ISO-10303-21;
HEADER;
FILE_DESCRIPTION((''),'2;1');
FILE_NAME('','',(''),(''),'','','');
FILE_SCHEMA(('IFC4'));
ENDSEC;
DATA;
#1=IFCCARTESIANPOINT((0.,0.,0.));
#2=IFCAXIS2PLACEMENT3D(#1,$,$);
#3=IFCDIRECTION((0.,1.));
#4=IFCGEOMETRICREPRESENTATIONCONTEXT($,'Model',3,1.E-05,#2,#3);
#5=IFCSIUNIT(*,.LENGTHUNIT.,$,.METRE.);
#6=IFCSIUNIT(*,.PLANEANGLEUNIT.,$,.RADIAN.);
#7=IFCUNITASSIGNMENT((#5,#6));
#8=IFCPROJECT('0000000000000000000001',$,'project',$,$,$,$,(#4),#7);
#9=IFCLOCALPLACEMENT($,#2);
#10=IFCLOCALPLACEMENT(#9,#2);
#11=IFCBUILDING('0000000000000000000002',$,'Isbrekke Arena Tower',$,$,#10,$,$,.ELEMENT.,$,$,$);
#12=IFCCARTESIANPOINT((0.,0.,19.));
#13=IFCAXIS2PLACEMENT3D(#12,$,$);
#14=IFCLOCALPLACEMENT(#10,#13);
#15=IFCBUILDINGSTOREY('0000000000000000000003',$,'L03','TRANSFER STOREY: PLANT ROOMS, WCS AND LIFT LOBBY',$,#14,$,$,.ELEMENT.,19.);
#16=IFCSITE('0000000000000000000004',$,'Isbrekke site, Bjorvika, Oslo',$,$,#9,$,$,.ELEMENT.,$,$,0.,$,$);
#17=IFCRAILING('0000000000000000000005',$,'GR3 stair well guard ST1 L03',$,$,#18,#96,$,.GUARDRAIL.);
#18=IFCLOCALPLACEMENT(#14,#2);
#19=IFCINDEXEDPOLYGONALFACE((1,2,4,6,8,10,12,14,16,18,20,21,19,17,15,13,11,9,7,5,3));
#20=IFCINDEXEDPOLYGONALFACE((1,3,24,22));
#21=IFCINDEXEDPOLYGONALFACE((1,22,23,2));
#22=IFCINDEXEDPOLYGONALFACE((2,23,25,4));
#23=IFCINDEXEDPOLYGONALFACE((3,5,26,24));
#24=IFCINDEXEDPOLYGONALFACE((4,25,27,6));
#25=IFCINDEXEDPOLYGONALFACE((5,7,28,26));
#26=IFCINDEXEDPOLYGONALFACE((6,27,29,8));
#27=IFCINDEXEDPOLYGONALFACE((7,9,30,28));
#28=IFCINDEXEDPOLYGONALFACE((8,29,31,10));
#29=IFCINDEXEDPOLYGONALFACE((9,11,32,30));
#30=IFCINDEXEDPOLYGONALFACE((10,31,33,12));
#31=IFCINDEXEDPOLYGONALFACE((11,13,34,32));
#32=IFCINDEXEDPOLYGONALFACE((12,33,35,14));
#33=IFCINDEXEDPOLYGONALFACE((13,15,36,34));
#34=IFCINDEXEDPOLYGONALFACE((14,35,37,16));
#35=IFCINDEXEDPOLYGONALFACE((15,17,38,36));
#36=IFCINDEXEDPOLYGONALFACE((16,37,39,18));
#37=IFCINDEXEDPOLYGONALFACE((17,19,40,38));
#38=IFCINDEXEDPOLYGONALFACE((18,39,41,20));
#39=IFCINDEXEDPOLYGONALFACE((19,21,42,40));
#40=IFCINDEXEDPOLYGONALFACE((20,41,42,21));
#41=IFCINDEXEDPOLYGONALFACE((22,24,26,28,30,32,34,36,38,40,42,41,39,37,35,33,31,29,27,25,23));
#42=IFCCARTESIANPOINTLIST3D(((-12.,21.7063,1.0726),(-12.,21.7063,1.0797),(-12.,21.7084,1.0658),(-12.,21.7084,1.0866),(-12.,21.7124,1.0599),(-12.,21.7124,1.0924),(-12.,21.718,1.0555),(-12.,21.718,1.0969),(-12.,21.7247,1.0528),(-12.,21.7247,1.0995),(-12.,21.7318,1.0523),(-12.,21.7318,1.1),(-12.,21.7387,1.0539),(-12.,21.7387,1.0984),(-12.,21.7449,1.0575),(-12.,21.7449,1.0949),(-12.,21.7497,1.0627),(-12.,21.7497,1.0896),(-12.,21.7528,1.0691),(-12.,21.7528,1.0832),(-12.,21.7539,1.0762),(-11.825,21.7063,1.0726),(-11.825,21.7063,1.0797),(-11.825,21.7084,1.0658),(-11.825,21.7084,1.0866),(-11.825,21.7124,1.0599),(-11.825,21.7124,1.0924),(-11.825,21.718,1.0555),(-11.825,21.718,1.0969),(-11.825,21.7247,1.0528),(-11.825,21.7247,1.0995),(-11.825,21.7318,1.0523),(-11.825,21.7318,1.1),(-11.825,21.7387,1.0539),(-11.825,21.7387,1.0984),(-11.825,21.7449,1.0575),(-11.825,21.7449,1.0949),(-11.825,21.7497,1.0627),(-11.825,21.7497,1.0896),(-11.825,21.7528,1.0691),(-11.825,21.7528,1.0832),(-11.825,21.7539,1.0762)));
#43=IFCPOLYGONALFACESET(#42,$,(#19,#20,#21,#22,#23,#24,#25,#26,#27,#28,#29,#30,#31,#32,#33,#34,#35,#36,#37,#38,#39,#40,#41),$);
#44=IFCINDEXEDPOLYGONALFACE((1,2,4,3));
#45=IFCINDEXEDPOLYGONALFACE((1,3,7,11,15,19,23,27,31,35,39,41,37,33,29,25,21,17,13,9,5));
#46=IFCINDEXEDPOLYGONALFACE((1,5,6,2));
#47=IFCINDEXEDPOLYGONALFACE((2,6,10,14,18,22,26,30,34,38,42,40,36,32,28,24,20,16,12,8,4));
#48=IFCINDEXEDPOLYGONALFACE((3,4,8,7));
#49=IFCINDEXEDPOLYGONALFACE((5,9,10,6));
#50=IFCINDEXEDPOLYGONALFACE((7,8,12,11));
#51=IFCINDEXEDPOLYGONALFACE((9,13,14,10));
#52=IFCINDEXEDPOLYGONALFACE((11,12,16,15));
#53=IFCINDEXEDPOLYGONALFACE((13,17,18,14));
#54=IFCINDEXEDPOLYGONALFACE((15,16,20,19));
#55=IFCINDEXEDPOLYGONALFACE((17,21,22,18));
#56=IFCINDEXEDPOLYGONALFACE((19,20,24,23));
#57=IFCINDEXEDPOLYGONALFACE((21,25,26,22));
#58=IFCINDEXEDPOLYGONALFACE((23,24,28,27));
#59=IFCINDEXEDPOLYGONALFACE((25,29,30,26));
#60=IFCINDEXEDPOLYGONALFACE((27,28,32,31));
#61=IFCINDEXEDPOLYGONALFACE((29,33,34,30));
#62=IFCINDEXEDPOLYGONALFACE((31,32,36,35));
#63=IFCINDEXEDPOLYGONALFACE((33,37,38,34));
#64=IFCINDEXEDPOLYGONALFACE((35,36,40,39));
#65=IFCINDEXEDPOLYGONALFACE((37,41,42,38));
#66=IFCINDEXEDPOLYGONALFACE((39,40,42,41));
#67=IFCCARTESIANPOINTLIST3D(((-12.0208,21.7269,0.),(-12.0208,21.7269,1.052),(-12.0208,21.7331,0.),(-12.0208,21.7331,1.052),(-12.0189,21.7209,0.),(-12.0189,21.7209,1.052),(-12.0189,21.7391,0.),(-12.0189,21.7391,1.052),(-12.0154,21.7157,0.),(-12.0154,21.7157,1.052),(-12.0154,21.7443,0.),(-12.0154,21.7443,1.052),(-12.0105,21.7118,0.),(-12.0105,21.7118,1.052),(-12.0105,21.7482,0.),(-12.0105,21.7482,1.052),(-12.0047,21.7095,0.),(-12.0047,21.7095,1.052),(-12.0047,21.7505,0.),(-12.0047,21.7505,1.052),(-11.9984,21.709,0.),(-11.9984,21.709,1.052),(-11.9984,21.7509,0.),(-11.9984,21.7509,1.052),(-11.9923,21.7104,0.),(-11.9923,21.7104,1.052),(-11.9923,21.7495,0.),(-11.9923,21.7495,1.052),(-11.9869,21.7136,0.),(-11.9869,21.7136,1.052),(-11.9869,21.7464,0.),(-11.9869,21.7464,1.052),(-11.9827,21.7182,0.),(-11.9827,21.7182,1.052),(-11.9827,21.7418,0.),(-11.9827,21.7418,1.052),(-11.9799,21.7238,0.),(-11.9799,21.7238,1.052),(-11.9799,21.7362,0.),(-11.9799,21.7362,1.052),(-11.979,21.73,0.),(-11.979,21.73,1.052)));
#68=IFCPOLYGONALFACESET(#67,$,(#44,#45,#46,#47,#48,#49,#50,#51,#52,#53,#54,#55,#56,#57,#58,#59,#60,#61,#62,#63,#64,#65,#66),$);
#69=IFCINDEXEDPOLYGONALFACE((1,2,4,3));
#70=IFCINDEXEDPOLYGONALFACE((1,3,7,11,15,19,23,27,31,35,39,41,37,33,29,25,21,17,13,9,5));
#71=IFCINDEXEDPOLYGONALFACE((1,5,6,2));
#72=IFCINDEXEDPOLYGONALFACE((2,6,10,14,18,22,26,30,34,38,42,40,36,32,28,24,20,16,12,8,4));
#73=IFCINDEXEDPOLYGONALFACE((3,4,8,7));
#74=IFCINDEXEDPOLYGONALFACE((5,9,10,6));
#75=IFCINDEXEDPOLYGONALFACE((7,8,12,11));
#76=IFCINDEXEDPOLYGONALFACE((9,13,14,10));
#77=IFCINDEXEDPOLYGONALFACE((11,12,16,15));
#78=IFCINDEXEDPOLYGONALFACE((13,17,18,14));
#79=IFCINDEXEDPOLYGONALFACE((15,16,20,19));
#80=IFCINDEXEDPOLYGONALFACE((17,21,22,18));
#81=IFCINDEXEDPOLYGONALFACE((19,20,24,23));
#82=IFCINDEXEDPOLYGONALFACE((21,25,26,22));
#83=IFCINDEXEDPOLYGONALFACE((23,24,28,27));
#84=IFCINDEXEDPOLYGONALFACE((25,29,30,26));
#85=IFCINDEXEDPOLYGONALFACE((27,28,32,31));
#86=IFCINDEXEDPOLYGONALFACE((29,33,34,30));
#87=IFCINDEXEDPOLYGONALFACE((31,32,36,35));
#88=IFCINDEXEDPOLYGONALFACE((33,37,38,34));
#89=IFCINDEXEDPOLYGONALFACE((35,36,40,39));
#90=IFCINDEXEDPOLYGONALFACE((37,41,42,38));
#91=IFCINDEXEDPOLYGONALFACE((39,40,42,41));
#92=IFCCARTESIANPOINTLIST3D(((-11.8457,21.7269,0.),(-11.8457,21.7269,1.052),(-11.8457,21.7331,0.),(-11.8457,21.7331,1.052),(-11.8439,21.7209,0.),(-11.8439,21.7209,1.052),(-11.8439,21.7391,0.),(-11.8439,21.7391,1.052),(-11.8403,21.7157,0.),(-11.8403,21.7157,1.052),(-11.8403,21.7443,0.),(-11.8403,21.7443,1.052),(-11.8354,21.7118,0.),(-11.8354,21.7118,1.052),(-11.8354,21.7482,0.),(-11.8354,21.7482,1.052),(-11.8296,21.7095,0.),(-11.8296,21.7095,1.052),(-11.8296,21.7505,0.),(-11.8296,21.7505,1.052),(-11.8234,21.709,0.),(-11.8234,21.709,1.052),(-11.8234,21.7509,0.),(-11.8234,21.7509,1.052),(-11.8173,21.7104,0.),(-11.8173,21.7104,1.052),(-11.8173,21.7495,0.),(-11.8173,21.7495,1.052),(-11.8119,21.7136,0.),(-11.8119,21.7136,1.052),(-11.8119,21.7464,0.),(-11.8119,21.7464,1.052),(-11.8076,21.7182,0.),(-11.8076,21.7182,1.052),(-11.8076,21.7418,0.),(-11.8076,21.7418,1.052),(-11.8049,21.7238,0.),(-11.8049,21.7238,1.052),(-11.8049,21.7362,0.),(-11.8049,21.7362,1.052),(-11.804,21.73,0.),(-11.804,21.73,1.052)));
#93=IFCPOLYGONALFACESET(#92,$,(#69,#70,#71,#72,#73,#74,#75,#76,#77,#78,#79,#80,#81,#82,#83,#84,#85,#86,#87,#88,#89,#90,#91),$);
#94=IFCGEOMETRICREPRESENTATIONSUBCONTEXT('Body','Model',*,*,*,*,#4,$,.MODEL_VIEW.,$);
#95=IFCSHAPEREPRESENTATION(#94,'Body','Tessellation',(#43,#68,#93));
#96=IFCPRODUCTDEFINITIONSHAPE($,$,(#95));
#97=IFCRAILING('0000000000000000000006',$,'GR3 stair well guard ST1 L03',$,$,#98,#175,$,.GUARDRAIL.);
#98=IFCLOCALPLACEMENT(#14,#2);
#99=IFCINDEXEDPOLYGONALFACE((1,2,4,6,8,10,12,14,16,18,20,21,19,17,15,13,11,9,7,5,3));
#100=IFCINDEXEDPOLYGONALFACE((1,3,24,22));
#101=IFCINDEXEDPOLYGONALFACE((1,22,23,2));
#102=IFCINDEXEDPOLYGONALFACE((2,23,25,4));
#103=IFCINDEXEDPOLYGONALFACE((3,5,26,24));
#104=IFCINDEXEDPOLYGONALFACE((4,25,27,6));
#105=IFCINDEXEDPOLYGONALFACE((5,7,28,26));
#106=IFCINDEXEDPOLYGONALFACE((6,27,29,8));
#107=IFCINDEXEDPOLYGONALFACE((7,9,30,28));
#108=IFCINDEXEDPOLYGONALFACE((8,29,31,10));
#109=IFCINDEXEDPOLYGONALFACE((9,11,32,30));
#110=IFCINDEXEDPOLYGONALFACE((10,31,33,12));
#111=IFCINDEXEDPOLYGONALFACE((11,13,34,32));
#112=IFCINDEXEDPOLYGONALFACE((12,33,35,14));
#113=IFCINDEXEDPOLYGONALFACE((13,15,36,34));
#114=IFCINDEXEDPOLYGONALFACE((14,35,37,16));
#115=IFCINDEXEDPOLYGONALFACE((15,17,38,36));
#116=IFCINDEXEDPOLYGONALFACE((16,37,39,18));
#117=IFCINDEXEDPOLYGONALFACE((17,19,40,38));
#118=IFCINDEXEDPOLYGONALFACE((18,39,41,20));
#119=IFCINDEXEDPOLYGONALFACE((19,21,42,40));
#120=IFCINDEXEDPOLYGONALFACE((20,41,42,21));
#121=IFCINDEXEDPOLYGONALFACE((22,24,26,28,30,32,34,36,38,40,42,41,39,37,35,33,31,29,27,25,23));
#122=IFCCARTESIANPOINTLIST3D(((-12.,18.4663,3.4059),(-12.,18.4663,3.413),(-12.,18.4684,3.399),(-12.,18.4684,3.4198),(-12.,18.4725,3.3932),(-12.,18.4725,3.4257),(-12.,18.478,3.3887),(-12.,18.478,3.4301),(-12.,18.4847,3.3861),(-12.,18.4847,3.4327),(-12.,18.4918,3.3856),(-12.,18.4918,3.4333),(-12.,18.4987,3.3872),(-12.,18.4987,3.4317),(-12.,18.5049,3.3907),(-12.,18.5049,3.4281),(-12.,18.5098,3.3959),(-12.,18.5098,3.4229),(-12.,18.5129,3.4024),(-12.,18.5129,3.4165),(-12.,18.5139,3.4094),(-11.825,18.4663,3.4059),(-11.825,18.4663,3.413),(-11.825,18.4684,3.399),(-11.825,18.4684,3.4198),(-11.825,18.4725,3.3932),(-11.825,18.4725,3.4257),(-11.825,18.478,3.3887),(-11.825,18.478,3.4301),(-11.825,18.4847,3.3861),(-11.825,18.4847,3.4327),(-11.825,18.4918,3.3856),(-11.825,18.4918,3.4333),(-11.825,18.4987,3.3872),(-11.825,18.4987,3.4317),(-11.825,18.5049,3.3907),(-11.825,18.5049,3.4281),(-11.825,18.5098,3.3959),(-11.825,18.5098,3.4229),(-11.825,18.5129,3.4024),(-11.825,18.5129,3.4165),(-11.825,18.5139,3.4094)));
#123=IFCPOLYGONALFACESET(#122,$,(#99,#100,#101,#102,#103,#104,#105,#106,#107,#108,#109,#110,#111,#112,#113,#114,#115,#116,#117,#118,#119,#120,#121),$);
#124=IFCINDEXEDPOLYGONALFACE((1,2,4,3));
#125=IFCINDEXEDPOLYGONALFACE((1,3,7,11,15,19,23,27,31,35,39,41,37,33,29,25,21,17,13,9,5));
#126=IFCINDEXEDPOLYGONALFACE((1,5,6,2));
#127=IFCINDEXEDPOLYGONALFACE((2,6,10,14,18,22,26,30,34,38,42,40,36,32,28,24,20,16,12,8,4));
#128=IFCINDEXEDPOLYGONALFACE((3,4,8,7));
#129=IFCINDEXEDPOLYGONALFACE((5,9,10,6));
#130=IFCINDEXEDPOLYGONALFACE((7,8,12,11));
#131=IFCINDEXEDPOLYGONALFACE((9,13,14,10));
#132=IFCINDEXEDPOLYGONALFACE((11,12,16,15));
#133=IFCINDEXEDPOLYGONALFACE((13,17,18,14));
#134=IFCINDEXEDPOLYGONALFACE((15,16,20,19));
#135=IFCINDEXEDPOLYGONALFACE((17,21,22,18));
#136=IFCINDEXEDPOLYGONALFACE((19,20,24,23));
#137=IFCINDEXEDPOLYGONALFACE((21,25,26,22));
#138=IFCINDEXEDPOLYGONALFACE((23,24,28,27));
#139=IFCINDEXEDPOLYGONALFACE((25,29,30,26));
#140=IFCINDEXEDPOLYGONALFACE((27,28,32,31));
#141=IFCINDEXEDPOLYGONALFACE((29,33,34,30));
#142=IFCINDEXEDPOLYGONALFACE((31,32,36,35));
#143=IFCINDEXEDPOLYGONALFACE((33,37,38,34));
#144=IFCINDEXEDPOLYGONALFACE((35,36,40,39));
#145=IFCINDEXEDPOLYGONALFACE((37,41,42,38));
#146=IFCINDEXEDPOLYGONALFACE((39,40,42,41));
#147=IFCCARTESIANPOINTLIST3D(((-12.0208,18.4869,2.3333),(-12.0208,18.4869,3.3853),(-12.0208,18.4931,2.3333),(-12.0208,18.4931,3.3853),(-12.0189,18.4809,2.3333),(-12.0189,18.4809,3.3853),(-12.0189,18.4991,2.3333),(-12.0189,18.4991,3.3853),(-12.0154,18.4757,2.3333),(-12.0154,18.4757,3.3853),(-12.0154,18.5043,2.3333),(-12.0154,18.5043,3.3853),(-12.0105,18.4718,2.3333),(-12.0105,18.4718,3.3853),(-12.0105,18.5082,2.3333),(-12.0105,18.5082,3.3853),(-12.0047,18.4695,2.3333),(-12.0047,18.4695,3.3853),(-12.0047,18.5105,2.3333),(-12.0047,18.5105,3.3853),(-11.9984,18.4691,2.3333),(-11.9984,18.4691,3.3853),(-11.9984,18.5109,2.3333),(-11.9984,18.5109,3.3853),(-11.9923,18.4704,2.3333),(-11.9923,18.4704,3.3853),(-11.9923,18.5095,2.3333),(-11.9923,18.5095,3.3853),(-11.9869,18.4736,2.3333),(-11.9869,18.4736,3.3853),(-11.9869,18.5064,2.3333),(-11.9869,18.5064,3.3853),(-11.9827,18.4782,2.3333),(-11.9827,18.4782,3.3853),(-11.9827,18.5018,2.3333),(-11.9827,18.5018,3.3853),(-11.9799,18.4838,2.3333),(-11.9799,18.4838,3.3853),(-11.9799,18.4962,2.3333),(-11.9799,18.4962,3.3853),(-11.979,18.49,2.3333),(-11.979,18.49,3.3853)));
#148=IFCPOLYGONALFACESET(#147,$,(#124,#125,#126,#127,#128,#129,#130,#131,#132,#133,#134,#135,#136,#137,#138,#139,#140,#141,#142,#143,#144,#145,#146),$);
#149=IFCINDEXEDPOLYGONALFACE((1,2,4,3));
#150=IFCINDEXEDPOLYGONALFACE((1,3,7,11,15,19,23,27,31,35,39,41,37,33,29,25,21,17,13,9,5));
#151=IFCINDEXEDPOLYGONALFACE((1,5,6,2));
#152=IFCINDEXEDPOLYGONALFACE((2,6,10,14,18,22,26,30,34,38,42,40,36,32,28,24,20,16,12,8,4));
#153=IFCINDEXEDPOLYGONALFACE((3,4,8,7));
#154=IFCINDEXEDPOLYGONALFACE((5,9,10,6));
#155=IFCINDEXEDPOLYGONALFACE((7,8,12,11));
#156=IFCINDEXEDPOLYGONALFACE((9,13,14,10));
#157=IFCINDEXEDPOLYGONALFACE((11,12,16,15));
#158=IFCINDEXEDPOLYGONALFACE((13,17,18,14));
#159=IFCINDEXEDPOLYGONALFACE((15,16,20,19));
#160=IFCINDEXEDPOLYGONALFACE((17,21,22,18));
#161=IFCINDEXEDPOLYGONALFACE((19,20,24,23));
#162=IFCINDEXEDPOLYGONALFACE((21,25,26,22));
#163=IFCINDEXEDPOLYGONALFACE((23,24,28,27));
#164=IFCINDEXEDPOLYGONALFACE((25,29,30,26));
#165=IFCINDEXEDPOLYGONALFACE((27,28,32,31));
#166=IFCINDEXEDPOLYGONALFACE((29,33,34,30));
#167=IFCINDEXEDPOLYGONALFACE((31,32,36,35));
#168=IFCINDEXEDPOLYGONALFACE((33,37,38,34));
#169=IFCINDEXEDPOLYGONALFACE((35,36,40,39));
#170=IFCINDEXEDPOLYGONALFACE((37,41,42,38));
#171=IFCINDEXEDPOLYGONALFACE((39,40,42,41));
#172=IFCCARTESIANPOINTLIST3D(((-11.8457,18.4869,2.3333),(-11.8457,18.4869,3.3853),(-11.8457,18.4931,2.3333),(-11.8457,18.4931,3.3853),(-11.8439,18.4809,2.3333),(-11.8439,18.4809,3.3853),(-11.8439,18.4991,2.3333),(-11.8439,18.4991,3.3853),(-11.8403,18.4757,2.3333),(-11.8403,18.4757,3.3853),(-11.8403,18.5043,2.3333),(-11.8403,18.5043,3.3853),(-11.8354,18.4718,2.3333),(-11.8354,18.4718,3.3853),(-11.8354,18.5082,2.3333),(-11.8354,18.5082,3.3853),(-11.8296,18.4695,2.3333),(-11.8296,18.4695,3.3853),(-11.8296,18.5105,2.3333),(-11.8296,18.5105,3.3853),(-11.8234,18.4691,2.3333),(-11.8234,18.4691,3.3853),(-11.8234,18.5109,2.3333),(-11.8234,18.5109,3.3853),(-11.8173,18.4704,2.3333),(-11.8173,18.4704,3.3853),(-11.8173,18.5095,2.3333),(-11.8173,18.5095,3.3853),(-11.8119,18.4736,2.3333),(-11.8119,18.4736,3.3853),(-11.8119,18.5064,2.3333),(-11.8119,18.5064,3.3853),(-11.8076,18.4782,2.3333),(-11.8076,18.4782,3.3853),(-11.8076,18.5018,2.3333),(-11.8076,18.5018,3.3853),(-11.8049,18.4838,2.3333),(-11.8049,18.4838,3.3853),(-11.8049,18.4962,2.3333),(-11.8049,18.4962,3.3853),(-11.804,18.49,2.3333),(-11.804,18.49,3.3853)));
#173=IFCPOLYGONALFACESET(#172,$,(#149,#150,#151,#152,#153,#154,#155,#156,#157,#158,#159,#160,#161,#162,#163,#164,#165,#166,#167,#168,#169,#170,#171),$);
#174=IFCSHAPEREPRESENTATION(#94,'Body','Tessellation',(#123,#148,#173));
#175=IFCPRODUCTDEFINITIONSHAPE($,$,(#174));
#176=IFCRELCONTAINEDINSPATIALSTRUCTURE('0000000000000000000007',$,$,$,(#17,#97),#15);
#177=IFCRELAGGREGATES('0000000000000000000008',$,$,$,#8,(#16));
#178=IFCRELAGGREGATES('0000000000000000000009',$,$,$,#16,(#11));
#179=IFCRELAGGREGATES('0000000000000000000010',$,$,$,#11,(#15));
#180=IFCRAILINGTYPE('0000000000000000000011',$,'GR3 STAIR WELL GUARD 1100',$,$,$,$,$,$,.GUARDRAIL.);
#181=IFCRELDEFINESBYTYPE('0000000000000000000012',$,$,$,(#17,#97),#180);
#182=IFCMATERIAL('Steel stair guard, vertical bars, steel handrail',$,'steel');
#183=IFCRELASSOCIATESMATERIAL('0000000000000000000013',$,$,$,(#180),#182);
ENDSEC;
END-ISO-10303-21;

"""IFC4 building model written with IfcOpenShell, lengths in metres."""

from ifc_helpers import new_model, si_unit, direction, frame, origin, origin_2d, place, context, subcontext, project, spatial, circle, extrude, material, type_object, element, save


model = new_model("IFC4")

# Units and contexts
model_context = context("Model", 3, precision=1e-05, world=origin(), true_north=direction((0.0, 1.0)))
body_context = subcontext(model_context, "Body", "Model", "MODEL_VIEW")
ifc_project = project(units=[si_unit("LENGTHUNIT", "METRE"), si_unit("PLANEANGLEUNIT", "RADIAN")], contexts=[model_context])

# Site, building, storey
site_placement = place(None, origin())
site = spatial("IfcSite", under=ifc_project, at=site_placement, Name="Isbrekke site, Bjorvika, Oslo", CompositionType="ELEMENT", RefElevation=0.0)
building_placement = place(site_placement, origin())
building = spatial("IfcBuilding", under=site, at=building_placement, Name="Isbrekke Arena Tower", CompositionType="ELEMENT")
storey_placement = place(building_placement, frame((0.0, 0.0, 19.0)))
storey = spatial("IfcBuildingStorey", under=building, at=storey_placement, Name="L03", Description="TRANSFER STOREY: PLANT ROOMS, WCS AND LIFT LOBBY", CompositionType="ELEMENT", Elevation=19.0)

# Railings
ifc_material_1 = material(Name="Steel stair guard, vertical bars, steel handrail", Category="steel")
railing_type = type_object("IfcRailingType", Name="GR3 STAIR WELL GUARD 1100", PredefinedType="GUARDRAIL", material=ifc_material_1)
for number, where, name in (
    (1, (-12.0, 21.73, 0.0), "GR3 stair well guard ST1 L03"),
    (2, (-12.0, 18.49, 2.3333), "GR3 stair well guard ST1 L03"),
):
    element("IfcRailing", number, at=place(storey_placement, frame(where)), inside=storey, type_object=railing_type, Name=name, PredefinedType="GUARDRAIL", context=body_context, shape_type="SweptSolid", body=[
        extrude(circle(Radius=0.0239, at=origin_2d()), frame((0.0, 0.0, 1.0762), z_axis=(1.0, 0.0, 0.0), x_axis=(0.0, 1.0, 0.0)), (0.0, 0.0, 1.0), 0.175),
        extrude(circle(Radius=0.021, at=origin_2d()), origin(), (0.0, 0.0, 1.0), 1.052),
        extrude(circle(Radius=0.021, at=origin_2d()), frame((0.175, 0.0, 0.0)), (0.0, 0.0, 1.0), 1.052),
    ])

save(model, "model.ifc")
